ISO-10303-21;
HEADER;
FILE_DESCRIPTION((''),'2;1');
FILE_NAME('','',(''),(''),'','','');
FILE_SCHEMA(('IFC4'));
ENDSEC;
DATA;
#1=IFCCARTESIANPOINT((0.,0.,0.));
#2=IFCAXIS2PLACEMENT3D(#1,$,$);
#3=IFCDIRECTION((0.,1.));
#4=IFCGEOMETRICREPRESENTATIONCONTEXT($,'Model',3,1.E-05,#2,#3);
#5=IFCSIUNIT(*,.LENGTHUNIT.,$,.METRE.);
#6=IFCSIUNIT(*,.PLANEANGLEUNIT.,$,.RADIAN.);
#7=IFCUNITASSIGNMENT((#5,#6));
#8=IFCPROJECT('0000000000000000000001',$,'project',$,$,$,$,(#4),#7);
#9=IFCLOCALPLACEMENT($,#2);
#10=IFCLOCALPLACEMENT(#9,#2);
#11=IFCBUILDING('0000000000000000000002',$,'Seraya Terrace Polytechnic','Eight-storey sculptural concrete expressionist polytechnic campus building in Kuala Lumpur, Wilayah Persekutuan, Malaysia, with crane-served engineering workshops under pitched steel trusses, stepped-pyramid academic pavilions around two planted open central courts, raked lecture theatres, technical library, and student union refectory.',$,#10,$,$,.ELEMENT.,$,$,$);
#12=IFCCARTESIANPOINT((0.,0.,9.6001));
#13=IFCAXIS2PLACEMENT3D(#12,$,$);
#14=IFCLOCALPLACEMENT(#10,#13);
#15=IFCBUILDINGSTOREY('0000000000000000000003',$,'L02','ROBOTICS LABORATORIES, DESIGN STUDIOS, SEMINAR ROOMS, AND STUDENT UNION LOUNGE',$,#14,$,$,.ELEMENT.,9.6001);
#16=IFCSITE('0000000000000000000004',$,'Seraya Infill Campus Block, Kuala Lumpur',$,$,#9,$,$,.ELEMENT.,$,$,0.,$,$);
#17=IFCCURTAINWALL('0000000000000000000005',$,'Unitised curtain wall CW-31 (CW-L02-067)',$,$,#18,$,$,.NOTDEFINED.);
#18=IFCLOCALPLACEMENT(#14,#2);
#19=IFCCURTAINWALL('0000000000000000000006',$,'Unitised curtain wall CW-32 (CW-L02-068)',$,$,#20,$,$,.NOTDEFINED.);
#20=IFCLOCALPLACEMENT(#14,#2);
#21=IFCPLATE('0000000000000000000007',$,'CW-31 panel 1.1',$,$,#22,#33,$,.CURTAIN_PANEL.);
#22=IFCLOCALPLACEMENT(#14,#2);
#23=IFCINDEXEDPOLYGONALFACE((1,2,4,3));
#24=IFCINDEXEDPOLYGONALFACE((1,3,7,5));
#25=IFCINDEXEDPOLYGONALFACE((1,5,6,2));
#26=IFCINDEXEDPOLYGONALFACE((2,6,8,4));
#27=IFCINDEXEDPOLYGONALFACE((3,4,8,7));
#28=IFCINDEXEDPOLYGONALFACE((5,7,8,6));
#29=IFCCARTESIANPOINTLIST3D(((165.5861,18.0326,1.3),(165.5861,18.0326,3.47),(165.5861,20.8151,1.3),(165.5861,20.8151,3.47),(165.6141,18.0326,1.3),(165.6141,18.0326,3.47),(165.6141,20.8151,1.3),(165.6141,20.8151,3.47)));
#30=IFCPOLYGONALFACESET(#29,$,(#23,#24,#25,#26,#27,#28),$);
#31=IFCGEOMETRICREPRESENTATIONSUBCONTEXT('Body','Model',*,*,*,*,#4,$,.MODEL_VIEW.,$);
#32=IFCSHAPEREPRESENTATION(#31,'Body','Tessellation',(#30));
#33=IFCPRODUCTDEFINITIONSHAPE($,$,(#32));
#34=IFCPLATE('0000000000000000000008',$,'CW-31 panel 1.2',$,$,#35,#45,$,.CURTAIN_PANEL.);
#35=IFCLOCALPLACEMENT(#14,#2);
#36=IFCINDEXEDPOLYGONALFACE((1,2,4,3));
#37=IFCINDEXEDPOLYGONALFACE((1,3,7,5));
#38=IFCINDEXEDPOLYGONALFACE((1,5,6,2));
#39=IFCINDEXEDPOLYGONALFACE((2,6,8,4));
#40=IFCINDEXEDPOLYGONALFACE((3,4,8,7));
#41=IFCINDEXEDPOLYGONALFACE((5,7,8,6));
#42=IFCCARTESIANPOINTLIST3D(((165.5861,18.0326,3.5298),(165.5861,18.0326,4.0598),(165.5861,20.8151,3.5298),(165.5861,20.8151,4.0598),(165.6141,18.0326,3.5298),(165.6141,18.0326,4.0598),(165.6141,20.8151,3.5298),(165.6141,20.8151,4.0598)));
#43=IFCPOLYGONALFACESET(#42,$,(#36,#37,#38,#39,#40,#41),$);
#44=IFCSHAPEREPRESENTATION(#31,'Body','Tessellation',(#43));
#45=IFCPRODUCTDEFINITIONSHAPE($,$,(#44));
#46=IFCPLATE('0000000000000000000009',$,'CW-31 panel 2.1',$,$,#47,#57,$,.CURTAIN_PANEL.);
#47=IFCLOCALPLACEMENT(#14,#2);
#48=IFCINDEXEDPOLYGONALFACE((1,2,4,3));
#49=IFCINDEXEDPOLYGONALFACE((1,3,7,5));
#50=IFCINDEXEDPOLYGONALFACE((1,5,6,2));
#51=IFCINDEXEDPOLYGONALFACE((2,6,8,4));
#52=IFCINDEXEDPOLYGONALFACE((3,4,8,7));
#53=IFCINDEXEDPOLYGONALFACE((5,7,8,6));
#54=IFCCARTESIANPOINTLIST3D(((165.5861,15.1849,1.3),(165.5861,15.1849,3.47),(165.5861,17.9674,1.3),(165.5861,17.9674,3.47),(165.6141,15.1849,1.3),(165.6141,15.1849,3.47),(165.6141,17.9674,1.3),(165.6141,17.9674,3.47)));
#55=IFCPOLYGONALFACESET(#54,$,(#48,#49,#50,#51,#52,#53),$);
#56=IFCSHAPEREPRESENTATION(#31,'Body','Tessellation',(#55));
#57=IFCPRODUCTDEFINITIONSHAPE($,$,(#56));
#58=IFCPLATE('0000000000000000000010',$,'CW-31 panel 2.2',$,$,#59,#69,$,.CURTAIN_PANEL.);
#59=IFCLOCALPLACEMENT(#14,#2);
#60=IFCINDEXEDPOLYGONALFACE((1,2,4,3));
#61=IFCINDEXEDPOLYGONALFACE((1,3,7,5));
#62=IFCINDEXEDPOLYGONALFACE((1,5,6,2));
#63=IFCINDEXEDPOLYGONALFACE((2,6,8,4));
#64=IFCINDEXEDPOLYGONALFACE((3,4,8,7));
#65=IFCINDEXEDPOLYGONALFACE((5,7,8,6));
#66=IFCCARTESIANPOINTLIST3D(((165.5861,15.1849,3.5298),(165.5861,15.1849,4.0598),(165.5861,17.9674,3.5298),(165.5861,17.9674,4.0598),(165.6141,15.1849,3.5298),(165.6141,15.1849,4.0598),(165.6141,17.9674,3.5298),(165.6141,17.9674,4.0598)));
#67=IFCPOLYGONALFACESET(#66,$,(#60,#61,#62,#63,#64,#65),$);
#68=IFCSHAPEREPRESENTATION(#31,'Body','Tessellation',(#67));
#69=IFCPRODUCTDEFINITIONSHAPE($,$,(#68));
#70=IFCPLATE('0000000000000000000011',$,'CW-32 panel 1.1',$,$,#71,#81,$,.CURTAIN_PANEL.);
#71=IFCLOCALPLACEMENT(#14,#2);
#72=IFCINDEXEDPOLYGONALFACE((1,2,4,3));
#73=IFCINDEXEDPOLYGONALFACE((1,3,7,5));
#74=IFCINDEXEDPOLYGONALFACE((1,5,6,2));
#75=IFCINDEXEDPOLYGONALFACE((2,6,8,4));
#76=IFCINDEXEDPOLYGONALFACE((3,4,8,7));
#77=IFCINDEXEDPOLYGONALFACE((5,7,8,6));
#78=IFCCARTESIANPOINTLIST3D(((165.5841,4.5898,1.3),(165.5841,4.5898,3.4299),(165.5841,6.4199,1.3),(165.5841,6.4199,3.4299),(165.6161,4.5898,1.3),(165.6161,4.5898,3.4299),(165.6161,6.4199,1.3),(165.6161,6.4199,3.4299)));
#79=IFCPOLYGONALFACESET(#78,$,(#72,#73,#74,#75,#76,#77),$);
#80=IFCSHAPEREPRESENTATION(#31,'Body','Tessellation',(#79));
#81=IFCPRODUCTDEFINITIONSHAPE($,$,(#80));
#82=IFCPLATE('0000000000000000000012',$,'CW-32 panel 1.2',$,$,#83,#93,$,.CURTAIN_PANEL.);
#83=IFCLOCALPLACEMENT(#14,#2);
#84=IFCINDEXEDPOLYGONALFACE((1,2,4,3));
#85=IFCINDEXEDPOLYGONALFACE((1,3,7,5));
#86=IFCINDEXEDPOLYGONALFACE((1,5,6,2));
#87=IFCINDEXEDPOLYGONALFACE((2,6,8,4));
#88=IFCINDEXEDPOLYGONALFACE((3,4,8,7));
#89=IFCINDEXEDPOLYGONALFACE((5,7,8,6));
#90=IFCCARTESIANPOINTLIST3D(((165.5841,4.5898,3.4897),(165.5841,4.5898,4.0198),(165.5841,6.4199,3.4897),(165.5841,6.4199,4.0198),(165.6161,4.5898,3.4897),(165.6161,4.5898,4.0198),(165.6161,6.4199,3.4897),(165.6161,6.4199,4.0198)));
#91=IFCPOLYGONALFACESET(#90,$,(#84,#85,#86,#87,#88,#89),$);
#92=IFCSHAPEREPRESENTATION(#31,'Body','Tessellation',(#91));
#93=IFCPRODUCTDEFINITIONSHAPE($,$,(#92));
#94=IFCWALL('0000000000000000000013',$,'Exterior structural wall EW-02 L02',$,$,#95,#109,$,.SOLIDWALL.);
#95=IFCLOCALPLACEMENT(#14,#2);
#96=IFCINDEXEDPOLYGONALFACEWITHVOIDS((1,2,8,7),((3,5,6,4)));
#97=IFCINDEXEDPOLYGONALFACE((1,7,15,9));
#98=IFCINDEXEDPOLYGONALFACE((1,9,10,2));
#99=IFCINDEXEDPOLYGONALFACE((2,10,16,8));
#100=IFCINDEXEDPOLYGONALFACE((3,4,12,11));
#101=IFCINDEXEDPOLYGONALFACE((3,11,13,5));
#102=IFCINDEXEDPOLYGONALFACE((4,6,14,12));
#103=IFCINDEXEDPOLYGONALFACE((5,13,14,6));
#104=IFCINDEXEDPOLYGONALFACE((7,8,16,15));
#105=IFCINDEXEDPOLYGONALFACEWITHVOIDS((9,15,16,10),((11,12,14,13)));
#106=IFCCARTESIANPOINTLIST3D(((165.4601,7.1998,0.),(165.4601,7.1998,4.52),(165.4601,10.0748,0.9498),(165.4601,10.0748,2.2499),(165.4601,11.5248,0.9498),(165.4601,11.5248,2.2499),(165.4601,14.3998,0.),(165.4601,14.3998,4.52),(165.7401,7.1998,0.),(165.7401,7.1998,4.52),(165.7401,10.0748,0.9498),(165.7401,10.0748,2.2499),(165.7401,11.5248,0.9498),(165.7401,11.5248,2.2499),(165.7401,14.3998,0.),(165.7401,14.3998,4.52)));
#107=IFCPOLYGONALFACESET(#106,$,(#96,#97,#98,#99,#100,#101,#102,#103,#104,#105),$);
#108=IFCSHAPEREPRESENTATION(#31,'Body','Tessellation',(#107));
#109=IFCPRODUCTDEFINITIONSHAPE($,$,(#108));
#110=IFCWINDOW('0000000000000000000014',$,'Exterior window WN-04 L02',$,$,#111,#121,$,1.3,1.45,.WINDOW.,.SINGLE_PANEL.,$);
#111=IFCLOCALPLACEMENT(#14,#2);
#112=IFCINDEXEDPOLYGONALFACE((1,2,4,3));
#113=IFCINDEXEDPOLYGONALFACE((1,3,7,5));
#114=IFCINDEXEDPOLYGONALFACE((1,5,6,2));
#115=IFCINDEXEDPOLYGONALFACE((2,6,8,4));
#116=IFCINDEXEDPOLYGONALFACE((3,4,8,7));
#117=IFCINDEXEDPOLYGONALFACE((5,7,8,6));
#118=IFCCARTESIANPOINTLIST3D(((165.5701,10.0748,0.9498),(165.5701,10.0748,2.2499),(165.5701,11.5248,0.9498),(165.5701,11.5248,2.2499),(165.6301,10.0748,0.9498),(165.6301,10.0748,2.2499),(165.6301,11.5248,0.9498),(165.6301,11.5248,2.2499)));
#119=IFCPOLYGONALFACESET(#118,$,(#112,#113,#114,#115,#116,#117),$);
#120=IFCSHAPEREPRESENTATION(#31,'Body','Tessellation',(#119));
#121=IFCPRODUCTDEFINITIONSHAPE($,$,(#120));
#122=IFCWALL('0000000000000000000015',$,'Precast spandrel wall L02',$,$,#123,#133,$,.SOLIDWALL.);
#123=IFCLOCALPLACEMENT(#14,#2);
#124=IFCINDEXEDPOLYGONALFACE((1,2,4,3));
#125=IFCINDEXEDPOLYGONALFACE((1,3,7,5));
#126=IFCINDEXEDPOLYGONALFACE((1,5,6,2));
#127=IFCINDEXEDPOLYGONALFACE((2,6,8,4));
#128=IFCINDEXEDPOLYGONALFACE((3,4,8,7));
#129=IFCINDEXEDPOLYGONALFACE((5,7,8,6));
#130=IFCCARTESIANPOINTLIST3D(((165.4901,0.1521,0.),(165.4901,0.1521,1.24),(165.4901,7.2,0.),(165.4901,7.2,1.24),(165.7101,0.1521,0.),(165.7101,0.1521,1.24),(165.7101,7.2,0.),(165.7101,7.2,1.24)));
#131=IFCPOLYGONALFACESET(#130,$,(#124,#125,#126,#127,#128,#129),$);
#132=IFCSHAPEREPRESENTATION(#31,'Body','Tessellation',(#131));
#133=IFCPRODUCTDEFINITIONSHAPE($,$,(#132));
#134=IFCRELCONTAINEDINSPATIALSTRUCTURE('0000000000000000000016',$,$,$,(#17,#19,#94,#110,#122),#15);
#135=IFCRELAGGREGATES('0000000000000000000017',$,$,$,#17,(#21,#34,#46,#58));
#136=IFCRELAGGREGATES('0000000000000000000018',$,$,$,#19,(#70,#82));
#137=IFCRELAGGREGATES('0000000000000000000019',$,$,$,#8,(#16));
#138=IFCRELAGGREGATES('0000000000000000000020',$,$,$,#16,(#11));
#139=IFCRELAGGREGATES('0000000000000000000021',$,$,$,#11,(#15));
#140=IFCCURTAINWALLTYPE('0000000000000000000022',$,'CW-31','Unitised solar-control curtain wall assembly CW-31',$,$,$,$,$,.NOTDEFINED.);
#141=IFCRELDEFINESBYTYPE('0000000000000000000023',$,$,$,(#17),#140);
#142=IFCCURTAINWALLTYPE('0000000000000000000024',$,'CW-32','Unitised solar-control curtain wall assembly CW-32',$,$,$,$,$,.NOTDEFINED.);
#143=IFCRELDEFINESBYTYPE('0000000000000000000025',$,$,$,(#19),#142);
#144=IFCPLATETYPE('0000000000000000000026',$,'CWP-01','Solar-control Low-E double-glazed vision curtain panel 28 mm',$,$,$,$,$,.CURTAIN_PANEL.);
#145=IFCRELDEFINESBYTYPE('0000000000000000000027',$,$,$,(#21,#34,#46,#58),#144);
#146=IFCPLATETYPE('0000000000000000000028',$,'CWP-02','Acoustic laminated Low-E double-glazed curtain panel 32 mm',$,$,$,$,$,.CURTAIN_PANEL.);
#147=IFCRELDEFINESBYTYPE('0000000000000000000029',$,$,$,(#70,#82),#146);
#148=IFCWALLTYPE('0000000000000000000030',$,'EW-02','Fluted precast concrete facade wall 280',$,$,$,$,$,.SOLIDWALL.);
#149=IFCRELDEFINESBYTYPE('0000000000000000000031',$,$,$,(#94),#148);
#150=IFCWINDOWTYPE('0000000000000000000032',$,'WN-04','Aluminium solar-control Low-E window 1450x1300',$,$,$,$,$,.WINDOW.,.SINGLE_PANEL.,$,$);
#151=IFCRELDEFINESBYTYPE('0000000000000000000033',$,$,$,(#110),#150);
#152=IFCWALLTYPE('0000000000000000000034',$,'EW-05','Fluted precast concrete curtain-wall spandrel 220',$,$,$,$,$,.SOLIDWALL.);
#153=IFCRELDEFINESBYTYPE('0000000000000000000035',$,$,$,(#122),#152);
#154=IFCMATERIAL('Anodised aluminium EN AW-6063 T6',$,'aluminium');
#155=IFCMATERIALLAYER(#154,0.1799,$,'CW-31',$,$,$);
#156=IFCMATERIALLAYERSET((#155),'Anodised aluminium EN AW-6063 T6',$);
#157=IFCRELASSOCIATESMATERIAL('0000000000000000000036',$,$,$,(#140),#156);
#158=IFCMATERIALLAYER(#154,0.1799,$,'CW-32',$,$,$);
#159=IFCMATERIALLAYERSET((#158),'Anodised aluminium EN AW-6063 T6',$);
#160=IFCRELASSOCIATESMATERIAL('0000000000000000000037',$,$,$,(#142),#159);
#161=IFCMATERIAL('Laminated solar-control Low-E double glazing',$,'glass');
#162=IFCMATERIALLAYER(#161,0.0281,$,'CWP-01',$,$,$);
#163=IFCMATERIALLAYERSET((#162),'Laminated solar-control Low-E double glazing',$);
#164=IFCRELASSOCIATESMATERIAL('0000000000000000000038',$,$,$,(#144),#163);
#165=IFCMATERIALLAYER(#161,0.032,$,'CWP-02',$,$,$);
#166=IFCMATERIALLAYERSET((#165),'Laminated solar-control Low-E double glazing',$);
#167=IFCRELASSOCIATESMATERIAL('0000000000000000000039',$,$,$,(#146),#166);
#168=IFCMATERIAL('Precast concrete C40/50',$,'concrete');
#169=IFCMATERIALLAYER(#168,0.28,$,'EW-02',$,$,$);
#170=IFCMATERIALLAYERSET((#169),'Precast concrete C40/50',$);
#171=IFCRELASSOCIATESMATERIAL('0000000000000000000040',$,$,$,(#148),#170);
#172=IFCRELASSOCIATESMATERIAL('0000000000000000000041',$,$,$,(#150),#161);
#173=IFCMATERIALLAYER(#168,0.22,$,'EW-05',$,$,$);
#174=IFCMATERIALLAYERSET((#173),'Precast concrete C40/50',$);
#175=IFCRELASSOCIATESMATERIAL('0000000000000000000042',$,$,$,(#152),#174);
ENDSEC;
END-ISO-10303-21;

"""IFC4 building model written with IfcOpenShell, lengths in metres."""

from ifc_helpers import new_model, si_unit, direction, frame, frame_2d, origin, origin_2d, place, context, subcontext, project, spatial, rectangle, extrude, material, layer, layer_set, type_object, element, fill, aggregate, save


model = new_model("IFC4")

# Units and contexts
model_context = context("Model", 3, precision=1e-05, world=origin(), true_north=direction((0.0, 1.0)))
body_context = subcontext(model_context, "Body", "Model", "MODEL_VIEW")
ifc_project = project(units=[si_unit("LENGTHUNIT", "METRE"), si_unit("PLANEANGLEUNIT", "RADIAN")], contexts=[model_context])

# Site, building, storey
site_placement = place(None, origin())
site = spatial("IfcSite", under=ifc_project, at=site_placement, Name="Seraya Infill Campus Block, Kuala Lumpur", CompositionType="ELEMENT", RefElevation=0.0)
building_placement = place(site_placement, origin())
building = spatial("IfcBuilding", under=site, at=building_placement, Name="Seraya Terrace Polytechnic", Description="Eight-storey sculptural concrete expressionist polytechnic campus building in Kuala Lumpur, Wilayah Persekutuan, Malaysia, with crane-served engineering workshops under pitched steel trusses, stepped-pyramid academic pavilions around two planted open central courts, raked lecture theatres, technical library, and student union refectory.", CompositionType="ELEMENT")
storey_placement = place(building_placement, frame((0.0, 0.0, 9.6001)))
storey = spatial("IfcBuildingStorey", under=building, at=storey_placement, Name="L02", Description="ROBOTICS LABORATORIES, DESIGN STUDIOS, SEMINAR ROOMS, AND STUDENT UNION LOUNGE", CompositionType="ELEMENT", Elevation=9.6001)

# Curtain walls
ifc_material_1 = material(Name="Anodised aluminium EN AW-6063 T6", Category="aluminium")
ifc_layer_1 = layer(ifc_material_1, 0.1799, Name="CW-31")
ifc_layer_set_1 = layer_set([ifc_layer_1], Name="Anodised aluminium EN AW-6063 T6")
curtain_wall_type_1 = type_object("IfcCurtainWallType", Name="CW-31", Description="Unitised solar-control curtain wall assembly CW-31", PredefinedType="NOTDEFINED", material=ifc_layer_set_1)
curtain_wall_1_placement = place(storey_placement, origin())
curtain_wall_1 = element("IfcCurtainWall", 1, at=curtain_wall_1_placement, inside=storey, type_object=curtain_wall_type_1, Name="Unitised curtain wall CW-31 (CW-L02-067)", PredefinedType="NOTDEFINED")
ifc_layer_2 = layer(ifc_material_1, 0.1799, Name="CW-32")
ifc_layer_set_2 = layer_set([ifc_layer_2], Name="Anodised aluminium EN AW-6063 T6")
curtain_wall_type_2 = type_object("IfcCurtainWallType", Name="CW-32", Description="Unitised solar-control curtain wall assembly CW-32", PredefinedType="NOTDEFINED", material=ifc_layer_set_2)
curtain_wall_2_placement = place(storey_placement, origin())
curtain_wall_2 = element("IfcCurtainWall", 2, at=curtain_wall_2_placement, inside=storey, type_object=curtain_wall_type_2, Name="Unitised curtain wall CW-32 (CW-L02-068)", PredefinedType="NOTDEFINED")

# Plates
ifc_material_2 = material(Name="Laminated solar-control Low-E double glazing", Category="glass")
ifc_layer_3 = layer(ifc_material_2, 0.0281, Name="CWP-01")
ifc_layer_set_3 = layer_set([ifc_layer_3], Name="Laminated solar-control Low-E double glazing")
plate_type_1 = type_object("IfcPlateType", Name="CWP-01", Description="Solar-control Low-E double-glazed vision curtain panel 28 mm", PredefinedType="CURTAIN_PANEL", material=ifc_layer_set_3)
plate_1_placement = place(storey_placement, frame((165.6001, 19.4238, 1.3), z_axis=(0.0, 0.0, 1.0), x_axis=(0.0, -1.0, 0.0)))
plate_1 = element("IfcPlate", 3, at=plate_1_placement, type_object=plate_type_1, Name="CW-31 panel 1.1", PredefinedType="CURTAIN_PANEL", context=body_context, shape_type="SweptSolid", body=[
    extrude(rectangle(XDim=2.7825, YDim=0.0281, at=origin_2d()), origin(), (0.0, 0.0, 1.0), 2.1699),
])
plate_2_placement = place(storey_placement, frame((165.6001, 19.4238, 3.5298), z_axis=(0.0, 0.0, 1.0), x_axis=(0.0, -1.0, 0.0)))
plate_2 = element("IfcPlate", 4, at=plate_2_placement, type_object=plate_type_1, Name="CW-31 panel 1.2", PredefinedType="CURTAIN_PANEL", context=body_context, shape_type="SweptSolid", body=[
    extrude(rectangle(XDim=2.7825, YDim=0.0281, at=origin_2d()), origin(), (0.0, 0.0, 1.0), 0.53),
])
plate_3_placement = place(storey_placement, frame((165.6001, 16.5762, 1.3), z_axis=(0.0, 0.0, 1.0), x_axis=(0.0, -1.0, 0.0)))
plate_3 = element("IfcPlate", 5, at=plate_3_placement, type_object=plate_type_1, Name="CW-31 panel 2.1", PredefinedType="CURTAIN_PANEL", context=body_context, shape_type="SweptSolid", body=[
    extrude(rectangle(XDim=2.7825, YDim=0.0281, at=origin_2d()), origin(), (0.0, 0.0, 1.0), 2.1699),
])
plate_4_placement = place(storey_placement, frame((165.6001, 16.5762, 3.5298), z_axis=(0.0, 0.0, 1.0), x_axis=(0.0, -1.0, 0.0)))
plate_4 = element("IfcPlate", 6, at=plate_4_placement, type_object=plate_type_1, Name="CW-31 panel 2.2", PredefinedType="CURTAIN_PANEL", context=body_context, shape_type="SweptSolid", body=[
    extrude(rectangle(XDim=2.7825, YDim=0.0281, at=origin_2d()), origin(), (0.0, 0.0, 1.0), 0.53),
])
aggregate(curtain_wall_1, [plate_1, plate_2, plate_3, plate_4])
ifc_layer_4 = layer(ifc_material_2, 0.032, Name="CWP-02")
ifc_layer_set_4 = layer_set([ifc_layer_4], Name="Laminated solar-control Low-E double glazing")
plate_type_2 = type_object("IfcPlateType", Name="CWP-02", Description="Acoustic laminated Low-E double-glazed curtain panel 32 mm", PredefinedType="CURTAIN_PANEL", material=ifc_layer_set_4)
plate_5_placement = place(storey_placement, frame((165.6001, 5.5049, 1.3), z_axis=(0.0, 0.0, 1.0), x_axis=(0.0, -1.0, 0.0)))
plate_5 = element("IfcPlate", 7, at=plate_5_placement, type_object=plate_type_2, Name="CW-32 panel 1.1", PredefinedType="CURTAIN_PANEL", context=body_context, shape_type="SweptSolid", body=[
    extrude(rectangle(XDim=1.8301, YDim=0.032, at=origin_2d()), origin(), (0.0, 0.0, 1.0), 2.1299),
])
plate_6_placement = place(storey_placement, frame((165.6001, 5.5049, 3.4897), z_axis=(0.0, 0.0, 1.0), x_axis=(0.0, -1.0, 0.0)))
plate_6 = element("IfcPlate", 8, at=plate_6_placement, type_object=plate_type_2, Name="CW-32 panel 1.2", PredefinedType="CURTAIN_PANEL", context=body_context, shape_type="SweptSolid", body=[
    extrude(rectangle(XDim=1.8301, YDim=0.032, at=origin_2d()), origin(), (0.0, 0.0, 1.0), 0.53),
])
aggregate(curtain_wall_2, [plate_5, plate_6])

# Wall, opening, window
ifc_material_3 = material(Name="Precast concrete C40/50", Category="concrete")
ifc_layer_5 = layer(ifc_material_3, 0.28, Name="EW-02")
ifc_layer_set_5 = layer_set([ifc_layer_5], Name="Precast concrete C40/50")
wall_type_1 = type_object("IfcWallType", Name="EW-02", Description="Fluted precast concrete facade wall 280", PredefinedType="SOLIDWALL", material=ifc_layer_set_5)
wall_1_placement = place(storey_placement, frame((165.6001, 14.3999, 0.0), z_axis=(0.0, 0.0, 1.0), x_axis=(0.0, -1.0, 0.0)))
wall_1 = element("IfcWall", 9, at=wall_1_placement, inside=storey, type_object=wall_type_1, Name="Exterior structural wall EW-02 L02", PredefinedType="SOLIDWALL", context=body_context, shape_type="SweptSolid", body=[
    extrude(rectangle(XDim=7.2, YDim=0.28, at=frame_2d((3.6001, 0.0))), origin(), (0.0, 0.0, 1.0), 4.52),
])
opening_placement = place(wall_1_placement, frame((2.875, 0.0, 0.95)))
opening = element("IfcOpeningElement", 10, at=opening_placement, cuts=wall_1, PredefinedType="OPENING", context=body_context, shape_type="SweptSolid", body=[
    extrude(rectangle(XDim=1.45, YDim=1.3, at=frame_2d((0.7251, 0.6499))), frame((0.0, 0.1519, 0.0), z_axis=(0.0, -1.0, 0.0), x_axis=(1.0, 0.0, 0.0)), (0.0, 0.0, 1.0), 0.304),
])
window_type = type_object("IfcWindowType", Name="WN-04", Description="Aluminium solar-control Low-E window 1450x1300", PartitioningType="SINGLE_PANEL", PredefinedType="WINDOW", material=ifc_material_2)
window_placement = place(opening_placement, origin())
window = element("IfcWindow", 11, at=window_placement, inside=storey, type_object=window_type, Name="Exterior window WN-04 L02", OverallHeight=1.3, OverallWidth=1.45, PartitioningType="SINGLE_PANEL", PredefinedType="WINDOW", context=body_context, shape_type="SweptSolid", body=[
    extrude(rectangle(XDim=1.45, YDim=1.3, at=frame_2d((0.7251, 0.6499))), frame((0.0, 0.03, 0.0), z_axis=(0.0, -1.0, 0.0), x_axis=(1.0, 0.0, 0.0)), (0.0, 0.0, 1.0), 0.0601),
])
fill(opening, window)

# Wall
ifc_layer_6 = layer(ifc_material_3, 0.22, Name="EW-05")
ifc_layer_set_6 = layer_set([ifc_layer_6], Name="Precast concrete C40/50")
wall_type_2 = type_object("IfcWallType", Name="EW-05", Description="Fluted precast concrete curtain-wall spandrel 220", PredefinedType="SOLIDWALL", material=ifc_layer_set_6)
wall_2_placement = place(storey_placement, frame((165.6001, 7.2, 0.0), z_axis=(0.0, 0.0, 1.0), x_axis=(0.0, -1.0, 0.0)))
element("IfcWall", 12, at=wall_2_placement, inside=storey, type_object=wall_type_2, Name="Precast spandrel wall L02", PredefinedType="SOLIDWALL", context=body_context, shape_type="SweptSolid", body=[
    extrude(rectangle(XDim=7.0479, YDim=0.22, at=frame_2d((3.5239, 0.0))), origin(), (0.0, 0.0, 1.0), 1.24),
])

save(model, "model.ifc")
